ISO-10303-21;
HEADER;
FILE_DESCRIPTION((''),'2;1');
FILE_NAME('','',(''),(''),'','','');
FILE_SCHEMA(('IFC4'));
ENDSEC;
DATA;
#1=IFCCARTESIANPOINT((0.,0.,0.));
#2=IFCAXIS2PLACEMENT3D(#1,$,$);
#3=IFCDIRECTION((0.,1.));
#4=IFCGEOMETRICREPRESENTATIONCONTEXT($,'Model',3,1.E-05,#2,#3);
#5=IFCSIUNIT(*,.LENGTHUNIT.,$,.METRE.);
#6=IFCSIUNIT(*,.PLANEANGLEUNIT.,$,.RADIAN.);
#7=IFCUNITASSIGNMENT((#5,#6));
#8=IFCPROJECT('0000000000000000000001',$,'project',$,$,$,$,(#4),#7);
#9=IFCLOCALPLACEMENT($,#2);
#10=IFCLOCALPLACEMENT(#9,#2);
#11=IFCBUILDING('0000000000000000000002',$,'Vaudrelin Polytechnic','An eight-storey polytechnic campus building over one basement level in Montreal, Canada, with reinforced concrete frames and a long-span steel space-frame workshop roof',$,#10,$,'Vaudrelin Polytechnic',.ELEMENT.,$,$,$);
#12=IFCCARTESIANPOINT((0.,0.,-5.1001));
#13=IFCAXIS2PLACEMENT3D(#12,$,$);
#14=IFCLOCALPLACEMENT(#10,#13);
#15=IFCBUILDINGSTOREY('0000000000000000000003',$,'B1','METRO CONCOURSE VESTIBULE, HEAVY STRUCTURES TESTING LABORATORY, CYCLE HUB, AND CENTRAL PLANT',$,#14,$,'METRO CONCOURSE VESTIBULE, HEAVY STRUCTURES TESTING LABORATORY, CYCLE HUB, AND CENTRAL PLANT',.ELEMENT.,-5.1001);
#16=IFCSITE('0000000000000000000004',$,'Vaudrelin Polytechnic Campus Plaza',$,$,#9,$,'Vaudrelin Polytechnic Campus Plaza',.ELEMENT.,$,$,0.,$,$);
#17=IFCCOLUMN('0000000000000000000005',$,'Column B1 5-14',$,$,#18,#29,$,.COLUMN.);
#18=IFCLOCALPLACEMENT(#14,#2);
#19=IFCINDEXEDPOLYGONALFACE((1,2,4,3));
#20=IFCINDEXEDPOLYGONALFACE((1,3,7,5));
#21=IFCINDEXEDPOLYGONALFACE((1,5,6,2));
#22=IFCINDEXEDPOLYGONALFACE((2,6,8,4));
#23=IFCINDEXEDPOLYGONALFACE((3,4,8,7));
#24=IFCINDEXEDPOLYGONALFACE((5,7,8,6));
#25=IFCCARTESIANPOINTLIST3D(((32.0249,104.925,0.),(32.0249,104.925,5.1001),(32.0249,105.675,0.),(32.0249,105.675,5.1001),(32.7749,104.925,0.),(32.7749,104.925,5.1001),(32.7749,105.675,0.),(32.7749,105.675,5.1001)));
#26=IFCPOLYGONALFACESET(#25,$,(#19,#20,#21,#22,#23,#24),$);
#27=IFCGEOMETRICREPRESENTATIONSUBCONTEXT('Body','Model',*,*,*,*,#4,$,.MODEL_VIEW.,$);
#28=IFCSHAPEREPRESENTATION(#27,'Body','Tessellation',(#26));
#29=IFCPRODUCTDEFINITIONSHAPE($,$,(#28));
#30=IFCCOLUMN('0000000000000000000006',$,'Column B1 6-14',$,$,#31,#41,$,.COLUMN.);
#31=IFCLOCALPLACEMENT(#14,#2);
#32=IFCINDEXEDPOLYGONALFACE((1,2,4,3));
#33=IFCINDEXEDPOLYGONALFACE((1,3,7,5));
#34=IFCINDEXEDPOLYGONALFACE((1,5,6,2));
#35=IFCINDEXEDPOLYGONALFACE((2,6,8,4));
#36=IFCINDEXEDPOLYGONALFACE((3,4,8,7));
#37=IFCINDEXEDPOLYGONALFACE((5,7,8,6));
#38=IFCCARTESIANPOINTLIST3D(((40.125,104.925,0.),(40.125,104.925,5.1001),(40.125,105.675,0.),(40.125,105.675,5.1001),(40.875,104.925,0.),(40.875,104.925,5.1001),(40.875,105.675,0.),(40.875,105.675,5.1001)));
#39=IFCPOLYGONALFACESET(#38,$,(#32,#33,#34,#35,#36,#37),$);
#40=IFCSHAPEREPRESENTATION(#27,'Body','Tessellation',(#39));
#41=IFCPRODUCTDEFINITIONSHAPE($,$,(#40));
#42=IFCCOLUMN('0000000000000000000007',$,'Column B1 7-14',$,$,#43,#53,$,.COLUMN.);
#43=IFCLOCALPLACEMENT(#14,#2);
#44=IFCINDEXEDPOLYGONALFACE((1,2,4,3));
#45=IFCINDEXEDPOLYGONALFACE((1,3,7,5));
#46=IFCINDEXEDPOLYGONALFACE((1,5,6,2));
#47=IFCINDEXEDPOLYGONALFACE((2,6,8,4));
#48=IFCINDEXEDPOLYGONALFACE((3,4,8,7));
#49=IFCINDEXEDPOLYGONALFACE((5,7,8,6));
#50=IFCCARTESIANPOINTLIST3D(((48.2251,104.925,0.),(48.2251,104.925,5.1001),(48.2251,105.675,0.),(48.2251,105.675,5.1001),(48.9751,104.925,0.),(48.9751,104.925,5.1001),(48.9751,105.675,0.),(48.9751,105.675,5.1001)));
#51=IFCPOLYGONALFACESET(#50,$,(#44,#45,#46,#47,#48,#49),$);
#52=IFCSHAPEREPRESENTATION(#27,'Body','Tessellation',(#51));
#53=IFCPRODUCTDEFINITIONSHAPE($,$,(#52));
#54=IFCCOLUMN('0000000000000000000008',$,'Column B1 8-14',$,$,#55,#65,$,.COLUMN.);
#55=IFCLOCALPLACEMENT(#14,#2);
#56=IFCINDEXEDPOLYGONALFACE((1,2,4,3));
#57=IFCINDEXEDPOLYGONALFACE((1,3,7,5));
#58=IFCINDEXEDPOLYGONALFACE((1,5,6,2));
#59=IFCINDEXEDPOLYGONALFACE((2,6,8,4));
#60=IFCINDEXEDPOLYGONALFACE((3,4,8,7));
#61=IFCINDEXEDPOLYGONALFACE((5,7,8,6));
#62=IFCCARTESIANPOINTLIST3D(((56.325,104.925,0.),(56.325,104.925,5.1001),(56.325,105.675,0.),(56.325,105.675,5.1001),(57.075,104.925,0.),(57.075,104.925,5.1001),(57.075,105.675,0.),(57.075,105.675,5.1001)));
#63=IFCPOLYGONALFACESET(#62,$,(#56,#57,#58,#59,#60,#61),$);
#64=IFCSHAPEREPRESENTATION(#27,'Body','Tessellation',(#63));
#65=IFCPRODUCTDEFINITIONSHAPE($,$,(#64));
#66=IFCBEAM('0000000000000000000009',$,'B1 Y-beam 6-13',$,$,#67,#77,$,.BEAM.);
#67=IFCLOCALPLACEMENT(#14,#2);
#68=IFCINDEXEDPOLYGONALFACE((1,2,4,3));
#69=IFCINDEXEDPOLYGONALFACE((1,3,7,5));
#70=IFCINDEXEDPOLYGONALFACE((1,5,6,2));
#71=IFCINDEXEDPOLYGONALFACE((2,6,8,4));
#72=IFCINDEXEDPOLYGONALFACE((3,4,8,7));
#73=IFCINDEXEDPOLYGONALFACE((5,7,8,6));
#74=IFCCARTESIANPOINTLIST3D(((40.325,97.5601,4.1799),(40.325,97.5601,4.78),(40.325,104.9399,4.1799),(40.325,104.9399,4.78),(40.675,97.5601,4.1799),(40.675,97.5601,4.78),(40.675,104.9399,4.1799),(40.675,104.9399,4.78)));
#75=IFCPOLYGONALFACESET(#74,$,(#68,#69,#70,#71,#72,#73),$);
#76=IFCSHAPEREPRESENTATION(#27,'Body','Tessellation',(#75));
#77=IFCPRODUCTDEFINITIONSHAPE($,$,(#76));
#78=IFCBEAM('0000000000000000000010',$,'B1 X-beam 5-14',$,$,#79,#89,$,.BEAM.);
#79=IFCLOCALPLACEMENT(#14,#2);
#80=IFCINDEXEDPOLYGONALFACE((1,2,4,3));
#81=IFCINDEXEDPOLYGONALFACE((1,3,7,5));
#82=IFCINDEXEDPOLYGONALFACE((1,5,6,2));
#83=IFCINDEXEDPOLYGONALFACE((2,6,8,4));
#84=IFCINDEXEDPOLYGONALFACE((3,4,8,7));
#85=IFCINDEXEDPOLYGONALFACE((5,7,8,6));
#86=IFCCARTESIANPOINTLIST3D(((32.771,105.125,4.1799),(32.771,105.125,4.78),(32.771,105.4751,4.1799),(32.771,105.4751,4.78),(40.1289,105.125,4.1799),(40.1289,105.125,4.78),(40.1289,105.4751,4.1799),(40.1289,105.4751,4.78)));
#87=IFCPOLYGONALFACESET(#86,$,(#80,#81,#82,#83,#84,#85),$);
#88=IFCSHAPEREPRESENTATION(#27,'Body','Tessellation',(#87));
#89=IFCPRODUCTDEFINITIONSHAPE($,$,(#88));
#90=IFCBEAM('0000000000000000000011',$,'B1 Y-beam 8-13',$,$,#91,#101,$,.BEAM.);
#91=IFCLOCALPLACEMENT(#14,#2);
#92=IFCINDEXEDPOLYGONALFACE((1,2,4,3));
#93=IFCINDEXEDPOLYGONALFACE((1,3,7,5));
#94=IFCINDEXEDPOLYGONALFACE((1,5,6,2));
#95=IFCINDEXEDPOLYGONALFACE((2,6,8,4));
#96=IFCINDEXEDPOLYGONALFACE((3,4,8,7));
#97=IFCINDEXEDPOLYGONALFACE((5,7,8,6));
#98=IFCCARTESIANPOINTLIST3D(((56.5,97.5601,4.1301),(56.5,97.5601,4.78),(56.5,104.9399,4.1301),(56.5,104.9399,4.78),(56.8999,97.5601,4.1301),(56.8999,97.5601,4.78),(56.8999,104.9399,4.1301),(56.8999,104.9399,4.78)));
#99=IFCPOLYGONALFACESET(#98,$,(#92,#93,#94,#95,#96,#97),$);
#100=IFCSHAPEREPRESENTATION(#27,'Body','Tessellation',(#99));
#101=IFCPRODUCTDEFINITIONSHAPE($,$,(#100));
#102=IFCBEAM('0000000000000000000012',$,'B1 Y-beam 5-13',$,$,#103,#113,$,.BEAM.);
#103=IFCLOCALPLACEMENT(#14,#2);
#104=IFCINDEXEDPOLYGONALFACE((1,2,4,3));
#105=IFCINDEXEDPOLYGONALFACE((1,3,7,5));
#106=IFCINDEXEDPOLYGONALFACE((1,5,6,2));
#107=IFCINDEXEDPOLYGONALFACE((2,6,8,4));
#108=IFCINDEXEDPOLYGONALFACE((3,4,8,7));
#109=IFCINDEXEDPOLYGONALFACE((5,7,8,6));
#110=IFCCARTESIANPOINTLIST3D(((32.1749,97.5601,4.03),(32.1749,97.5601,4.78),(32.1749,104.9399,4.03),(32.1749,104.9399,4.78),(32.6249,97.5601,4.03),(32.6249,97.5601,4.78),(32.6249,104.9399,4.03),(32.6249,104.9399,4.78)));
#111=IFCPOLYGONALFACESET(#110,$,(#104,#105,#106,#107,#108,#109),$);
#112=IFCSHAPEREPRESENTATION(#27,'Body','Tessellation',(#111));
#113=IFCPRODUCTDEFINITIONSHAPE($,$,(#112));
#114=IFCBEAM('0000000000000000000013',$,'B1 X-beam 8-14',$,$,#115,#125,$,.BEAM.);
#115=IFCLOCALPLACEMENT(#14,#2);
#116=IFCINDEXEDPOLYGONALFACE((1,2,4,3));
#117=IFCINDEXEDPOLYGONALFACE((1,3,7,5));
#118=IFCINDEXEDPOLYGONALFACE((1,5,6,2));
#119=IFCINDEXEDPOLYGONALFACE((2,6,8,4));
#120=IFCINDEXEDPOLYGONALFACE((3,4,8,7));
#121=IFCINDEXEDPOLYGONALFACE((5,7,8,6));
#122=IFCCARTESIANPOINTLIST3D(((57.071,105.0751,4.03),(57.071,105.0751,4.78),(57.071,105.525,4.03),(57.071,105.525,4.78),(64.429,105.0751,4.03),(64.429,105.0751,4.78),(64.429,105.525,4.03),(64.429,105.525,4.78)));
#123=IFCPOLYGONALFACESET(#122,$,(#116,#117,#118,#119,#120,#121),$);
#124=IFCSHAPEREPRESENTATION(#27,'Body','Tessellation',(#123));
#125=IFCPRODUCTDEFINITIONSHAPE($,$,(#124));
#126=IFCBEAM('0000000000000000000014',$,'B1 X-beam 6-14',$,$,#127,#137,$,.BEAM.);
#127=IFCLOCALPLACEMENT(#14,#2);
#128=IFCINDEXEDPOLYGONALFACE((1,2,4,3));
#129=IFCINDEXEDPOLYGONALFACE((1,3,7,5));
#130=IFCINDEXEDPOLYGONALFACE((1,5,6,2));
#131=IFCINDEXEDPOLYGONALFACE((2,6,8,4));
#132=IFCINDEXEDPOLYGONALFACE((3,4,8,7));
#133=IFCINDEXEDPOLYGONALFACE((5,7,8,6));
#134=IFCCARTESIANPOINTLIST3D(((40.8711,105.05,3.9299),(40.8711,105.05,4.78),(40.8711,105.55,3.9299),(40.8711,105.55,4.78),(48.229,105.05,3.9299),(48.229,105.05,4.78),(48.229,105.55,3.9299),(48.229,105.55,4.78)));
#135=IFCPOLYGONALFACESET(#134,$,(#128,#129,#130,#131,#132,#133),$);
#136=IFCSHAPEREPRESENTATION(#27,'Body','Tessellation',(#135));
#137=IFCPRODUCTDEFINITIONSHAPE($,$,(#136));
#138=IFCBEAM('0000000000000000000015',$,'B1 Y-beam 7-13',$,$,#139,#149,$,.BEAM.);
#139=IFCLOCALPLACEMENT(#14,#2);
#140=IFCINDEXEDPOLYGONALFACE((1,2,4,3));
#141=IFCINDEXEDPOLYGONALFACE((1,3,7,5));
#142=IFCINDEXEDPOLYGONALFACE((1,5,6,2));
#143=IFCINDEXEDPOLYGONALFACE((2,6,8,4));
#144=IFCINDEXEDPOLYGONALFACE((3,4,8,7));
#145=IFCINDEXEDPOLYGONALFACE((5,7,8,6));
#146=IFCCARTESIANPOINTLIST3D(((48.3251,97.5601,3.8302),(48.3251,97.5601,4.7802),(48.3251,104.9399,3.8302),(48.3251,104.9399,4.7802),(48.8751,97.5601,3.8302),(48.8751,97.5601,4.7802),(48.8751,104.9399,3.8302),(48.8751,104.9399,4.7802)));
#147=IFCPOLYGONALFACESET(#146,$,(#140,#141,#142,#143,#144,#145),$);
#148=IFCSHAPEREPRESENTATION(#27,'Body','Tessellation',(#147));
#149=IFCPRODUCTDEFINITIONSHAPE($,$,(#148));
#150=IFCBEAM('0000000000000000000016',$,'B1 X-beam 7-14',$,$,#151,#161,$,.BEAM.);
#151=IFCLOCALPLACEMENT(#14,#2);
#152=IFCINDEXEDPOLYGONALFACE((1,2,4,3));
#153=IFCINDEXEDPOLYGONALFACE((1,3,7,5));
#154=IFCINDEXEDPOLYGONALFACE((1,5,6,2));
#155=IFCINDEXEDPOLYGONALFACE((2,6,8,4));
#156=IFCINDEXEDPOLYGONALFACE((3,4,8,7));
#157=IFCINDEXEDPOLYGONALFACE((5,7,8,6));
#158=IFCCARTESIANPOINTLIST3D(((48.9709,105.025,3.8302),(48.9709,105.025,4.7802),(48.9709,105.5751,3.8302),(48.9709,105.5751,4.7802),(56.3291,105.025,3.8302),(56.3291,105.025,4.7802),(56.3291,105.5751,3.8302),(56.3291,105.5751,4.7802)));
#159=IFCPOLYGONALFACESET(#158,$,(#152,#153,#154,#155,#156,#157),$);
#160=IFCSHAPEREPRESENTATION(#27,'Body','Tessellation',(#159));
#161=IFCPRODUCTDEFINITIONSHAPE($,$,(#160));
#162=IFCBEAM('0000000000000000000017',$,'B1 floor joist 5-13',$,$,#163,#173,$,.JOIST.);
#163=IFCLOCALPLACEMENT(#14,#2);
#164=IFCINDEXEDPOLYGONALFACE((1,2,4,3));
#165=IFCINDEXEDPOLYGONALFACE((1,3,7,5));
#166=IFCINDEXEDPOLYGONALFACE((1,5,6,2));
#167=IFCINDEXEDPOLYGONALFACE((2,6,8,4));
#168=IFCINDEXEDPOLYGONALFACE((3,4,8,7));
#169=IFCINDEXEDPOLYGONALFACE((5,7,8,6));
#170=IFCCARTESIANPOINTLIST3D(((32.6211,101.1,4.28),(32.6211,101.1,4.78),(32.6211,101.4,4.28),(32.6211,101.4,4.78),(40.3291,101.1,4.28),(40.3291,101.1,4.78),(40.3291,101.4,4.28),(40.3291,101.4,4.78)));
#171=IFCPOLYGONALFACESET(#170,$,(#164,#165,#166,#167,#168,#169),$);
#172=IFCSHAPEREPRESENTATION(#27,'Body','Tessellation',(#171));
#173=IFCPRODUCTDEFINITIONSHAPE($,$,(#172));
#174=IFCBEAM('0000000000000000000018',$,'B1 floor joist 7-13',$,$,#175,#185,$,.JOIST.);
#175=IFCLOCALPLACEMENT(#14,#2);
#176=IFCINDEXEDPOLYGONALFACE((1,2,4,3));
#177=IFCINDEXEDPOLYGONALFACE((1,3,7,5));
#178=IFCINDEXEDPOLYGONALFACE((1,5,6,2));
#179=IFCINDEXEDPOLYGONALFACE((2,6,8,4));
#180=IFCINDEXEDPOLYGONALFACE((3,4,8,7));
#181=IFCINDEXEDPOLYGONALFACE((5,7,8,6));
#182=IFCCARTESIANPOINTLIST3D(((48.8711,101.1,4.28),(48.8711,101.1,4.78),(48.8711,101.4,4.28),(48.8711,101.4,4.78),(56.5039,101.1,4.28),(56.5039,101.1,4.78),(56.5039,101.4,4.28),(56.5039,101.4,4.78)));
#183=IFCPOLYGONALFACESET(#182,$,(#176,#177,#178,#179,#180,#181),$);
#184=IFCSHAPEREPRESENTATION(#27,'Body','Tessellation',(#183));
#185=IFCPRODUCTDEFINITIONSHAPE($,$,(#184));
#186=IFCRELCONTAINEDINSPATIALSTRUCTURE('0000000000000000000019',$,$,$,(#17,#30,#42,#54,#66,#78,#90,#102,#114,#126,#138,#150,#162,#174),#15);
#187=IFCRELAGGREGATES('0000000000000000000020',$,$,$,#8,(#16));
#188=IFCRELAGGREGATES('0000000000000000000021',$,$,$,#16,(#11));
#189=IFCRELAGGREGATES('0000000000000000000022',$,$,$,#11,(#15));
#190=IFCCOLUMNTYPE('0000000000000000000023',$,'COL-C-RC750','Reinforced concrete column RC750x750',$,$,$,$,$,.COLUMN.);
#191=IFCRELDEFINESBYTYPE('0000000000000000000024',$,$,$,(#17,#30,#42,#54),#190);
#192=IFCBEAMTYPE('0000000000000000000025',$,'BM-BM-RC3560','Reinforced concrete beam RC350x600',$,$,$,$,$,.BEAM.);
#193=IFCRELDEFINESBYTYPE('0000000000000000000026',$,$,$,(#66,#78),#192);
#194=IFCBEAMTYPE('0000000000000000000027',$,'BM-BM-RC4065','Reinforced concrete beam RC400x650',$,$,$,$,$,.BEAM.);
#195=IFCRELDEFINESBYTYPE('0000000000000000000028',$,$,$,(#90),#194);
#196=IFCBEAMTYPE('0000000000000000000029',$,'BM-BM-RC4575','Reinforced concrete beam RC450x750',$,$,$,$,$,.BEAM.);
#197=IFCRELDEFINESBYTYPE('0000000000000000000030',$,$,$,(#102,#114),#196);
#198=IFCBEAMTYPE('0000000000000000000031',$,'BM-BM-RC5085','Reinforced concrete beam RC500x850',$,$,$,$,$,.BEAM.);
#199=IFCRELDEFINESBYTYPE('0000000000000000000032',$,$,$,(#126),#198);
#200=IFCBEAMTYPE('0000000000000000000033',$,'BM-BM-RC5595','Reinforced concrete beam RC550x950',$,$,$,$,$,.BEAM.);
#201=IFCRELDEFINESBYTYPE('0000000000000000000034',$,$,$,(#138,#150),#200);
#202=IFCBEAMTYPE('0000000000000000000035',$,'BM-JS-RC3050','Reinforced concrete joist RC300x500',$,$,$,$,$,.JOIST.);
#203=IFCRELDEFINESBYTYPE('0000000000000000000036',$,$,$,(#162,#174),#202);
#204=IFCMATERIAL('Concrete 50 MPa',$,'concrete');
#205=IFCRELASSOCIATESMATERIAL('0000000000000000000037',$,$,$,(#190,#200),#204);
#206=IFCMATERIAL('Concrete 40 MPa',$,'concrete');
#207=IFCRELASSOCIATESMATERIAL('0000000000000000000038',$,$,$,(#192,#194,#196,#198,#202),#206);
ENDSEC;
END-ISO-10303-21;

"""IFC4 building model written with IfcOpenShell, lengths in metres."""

from ifc_helpers import new_model, si_unit, direction, frame, origin, origin_2d, place, context, subcontext, project, spatial, rectangle, extrude, material, material_profile, profile_set, type_object, element, save


model = new_model("IFC4")

# Units and contexts
model_context = context("Model", 3, precision=1e-05, world=origin(), true_north=direction((0.0, 1.0)))
body_context = subcontext(model_context, "Body", "Model", "MODEL_VIEW")
ifc_project = project(units=[si_unit("LENGTHUNIT", "METRE"), si_unit("PLANEANGLEUNIT", "RADIAN")], contexts=[model_context])

# Site, building, storey
site_placement = place(None, origin())
site = spatial("IfcSite", under=ifc_project, at=site_placement, Name="Vaudrelin Polytechnic Campus Plaza", LongName="Vaudrelin Polytechnic Campus Plaza", CompositionType="ELEMENT", RefElevation=0.0)
building_placement = place(site_placement, origin())
building = spatial("IfcBuilding", under=site, at=building_placement, Name="Vaudrelin Polytechnic", Description="An eight-storey polytechnic campus building over one basement level in Montreal, Canada, with reinforced concrete frames and a long-span steel space-frame workshop roof", LongName="Vaudrelin Polytechnic", CompositionType="ELEMENT")
storey_placement = place(building_placement, frame((0.0, 0.0, -5.1001)))
storey = spatial("IfcBuildingStorey", under=building, at=storey_placement, Name="B1", Description="METRO CONCOURSE VESTIBULE, HEAVY STRUCTURES TESTING LABORATORY, CYCLE HUB, AND CENTRAL PLANT", LongName="METRO CONCOURSE VESTIBULE, HEAVY STRUCTURES TESTING LABORATORY, CYCLE HUB, AND CENTRAL PLANT", CompositionType="ELEMENT", Elevation=-5.1001)

# Shared definitions
ifc_material_1 = material(Name="Concrete 40 MPa", Category="concrete")

# Columns
ifc_material_2 = material(Name="Concrete 50 MPa", Category="concrete")
ifc_material_profile_1 = material_profile(ifc_material_2, rectangle(XDim=0.75, YDim=0.75, at=origin_2d()), Name="RC750x750")
ifc_profile_set_1 = profile_set([ifc_material_profile_1], Name="Concrete 50 MPa")
column_type = type_object("IfcColumnType", Name="COL-C-RC750", Description="Reinforced concrete column RC750x750", PredefinedType="COLUMN", material=ifc_profile_set_1)
for number, where, z_axis, x_axis, name in (
    (1, (32.3999, 105.3, 0.0), (0.0, 0.0, 1.0), (1.0, 0.0, 0.0), "Column B1 5-14"),
    (2, (40.5, 105.3, 0.0), (0.0, 0.0, 1.0), (1.0, 0.0, 0.0), "Column B1 6-14"),
    (3, (48.6001, 105.3, 0.0), (0.0, 0.0, 1.0), (1.0, 0.0, 0.0), "Column B1 7-14"),
    (4, (56.7, 105.3, 0.0), (0.0, 0.0, 1.0), (1.0, 0.0, 0.0), "Column B1 8-14"),
):
    element("IfcColumn", number, at=place(storey_placement, frame(where, z_axis=z_axis, x_axis=x_axis)), inside=storey, type_object=column_type, Name=name, PredefinedType="COLUMN", context=body_context, shape_type="SweptSolid", body=[
        extrude(rectangle(XDim=0.75, YDim=0.75, at=origin_2d()), origin(), (0.0, 0.0, 1.0), 5.1001),
    ])

# Beams
ifc_material_profile_2 = material_profile(ifc_material_1, rectangle(XDim=0.3501, YDim=0.6001, at=origin_2d()), Name="RC350x600")
ifc_profile_set_2 = profile_set([ifc_material_profile_2], Name="Concrete 40 MPa")
beam_type_1 = type_object("IfcBeamType", Name="BM-BM-RC3560", Description="Reinforced concrete beam RC350x600", PredefinedType="BEAM", material=ifc_profile_set_2)
beam_1_placement = place(storey_placement, frame((40.5, 97.5601, 4.48), z_axis=(0.0, 1.0, 0.0), x_axis=(-1.0, 0.0, 0.0)))
element("IfcBeam", 5, at=beam_1_placement, inside=storey, type_object=beam_type_1, Name="B1 Y-beam 6-13", PredefinedType="BEAM", context=body_context, shape_type="SweptSolid", body=[
    extrude(rectangle(XDim=0.3501, YDim=0.6001, at=origin_2d()), origin(), (0.0, 0.0, 1.0), 7.3799),
])
beam_2_placement = place(storey_placement, frame((32.771, 105.3, 4.48), z_axis=(1.0, 0.0, 0.0), x_axis=(0.0, 1.0, 0.0)))
element("IfcBeam", 6, at=beam_2_placement, inside=storey, type_object=beam_type_1, Name="B1 X-beam 5-14", PredefinedType="BEAM", context=body_context, shape_type="SweptSolid", body=[
    extrude(rectangle(XDim=0.3501, YDim=0.6001, at=origin_2d()), origin(), (0.0, 0.0, 1.0), 7.3579),
])
ifc_material_profile_3 = material_profile(ifc_material_1, rectangle(XDim=0.3999, YDim=0.6499, at=origin_2d()), Name="RC400x650")
ifc_profile_set_3 = profile_set([ifc_material_profile_3], Name="Concrete 40 MPa")
beam_type_2 = type_object("IfcBeamType", Name="BM-BM-RC4065", Description="Reinforced concrete beam RC400x650", PredefinedType="BEAM", material=ifc_profile_set_3)
beam_3_placement = place(storey_placement, frame((56.7, 97.5601, 4.4551), z_axis=(0.0, 1.0, 0.0), x_axis=(-1.0, 0.0, 0.0)))
element("IfcBeam", 7, at=beam_3_placement, inside=storey, type_object=beam_type_2, Name="B1 Y-beam 8-13", PredefinedType="BEAM", context=body_context, shape_type="SweptSolid", body=[
    extrude(rectangle(XDim=0.3999, YDim=0.6499, at=origin_2d()), origin(), (0.0, 0.0, 1.0), 7.3799),
])
ifc_material_profile_4 = material_profile(ifc_material_1, rectangle(XDim=0.45, YDim=0.75, at=origin_2d()), Name="RC450x750")
ifc_profile_set_4 = profile_set([ifc_material_profile_4], Name="Concrete 40 MPa")
beam_type_3 = type_object("IfcBeamType", Name="BM-BM-RC4575", Description="Reinforced concrete beam RC450x750", PredefinedType="BEAM", material=ifc_profile_set_4)
beam_4_placement = place(storey_placement, frame((32.3999, 97.5601, 4.405), z_axis=(0.0, 1.0, 0.0), x_axis=(-1.0, 0.0, 0.0)))
element("IfcBeam", 8, at=beam_4_placement, inside=storey, type_object=beam_type_3, Name="B1 Y-beam 5-13", PredefinedType="BEAM", context=body_context, shape_type="SweptSolid", body=[
    extrude(rectangle(XDim=0.45, YDim=0.75, at=origin_2d()), origin(), (0.0, 0.0, 1.0), 7.3799),
])
beam_5_placement = place(storey_placement, frame((57.071, 105.3, 4.405), z_axis=(1.0, 0.0, 0.0), x_axis=(0.0, 1.0, 0.0)))
element("IfcBeam", 9, at=beam_5_placement, inside=storey, type_object=beam_type_3, Name="B1 X-beam 8-14", PredefinedType="BEAM", context=body_context, shape_type="SweptSolid", body=[
    extrude(rectangle(XDim=0.45, YDim=0.75, at=origin_2d()), origin(), (0.0, 0.0, 1.0), 7.3579),
])
ifc_material_profile_5 = material_profile(ifc_material_1, rectangle(XDim=0.5, YDim=0.8501, at=origin_2d()), Name="RC500x850")
ifc_profile_set_5 = profile_set([ifc_material_profile_5], Name="Concrete 40 MPa")
beam_type_4 = type_object("IfcBeamType", Name="BM-BM-RC5085", Description="Reinforced concrete beam RC500x850", PredefinedType="BEAM", material=ifc_profile_set_5)
beam_6_placement = place(storey_placement, frame((40.8711, 105.3, 4.355), z_axis=(1.0, 0.0, 0.0), x_axis=(0.0, 1.0, 0.0)))
element("IfcBeam", 10, at=beam_6_placement, inside=storey, type_object=beam_type_4, Name="B1 X-beam 6-14", PredefinedType="BEAM", context=body_context, shape_type="SweptSolid", body=[
    extrude(rectangle(XDim=0.5, YDim=0.8501, at=origin_2d()), origin(), (0.0, 0.0, 1.0), 7.3579),
])
ifc_material_profile_6 = material_profile(ifc_material_2, rectangle(XDim=0.55, YDim=0.95, at=origin_2d()), Name="RC550x950")
ifc_profile_set_6 = profile_set([ifc_material_profile_6], Name="Concrete 50 MPa")
beam_type_5 = type_object("IfcBeamType", Name="BM-BM-RC5595", Description="Reinforced concrete beam RC550x950", PredefinedType="BEAM", material=ifc_profile_set_6)
beam_7_placement = place(storey_placement, frame((48.6001, 97.5601, 4.3052), z_axis=(0.0, 1.0, 0.0), x_axis=(-1.0, 0.0, 0.0)))
element("IfcBeam", 11, at=beam_7_placement, inside=storey, type_object=beam_type_5, Name="B1 Y-beam 7-13", PredefinedType="BEAM", context=body_context, shape_type="SweptSolid", body=[
    extrude(rectangle(XDim=0.55, YDim=0.95, at=origin_2d()), origin(), (0.0, 0.0, 1.0), 7.3799),
])
beam_8_placement = place(storey_placement, frame((48.9709, 105.3, 4.3052), z_axis=(1.0, 0.0, 0.0), x_axis=(0.0, 1.0, 0.0)))
element("IfcBeam", 12, at=beam_8_placement, inside=storey, type_object=beam_type_5, Name="B1 X-beam 7-14", PredefinedType="BEAM", context=body_context, shape_type="SweptSolid", body=[
    extrude(rectangle(XDim=0.55, YDim=0.95, at=origin_2d()), origin(), (0.0, 0.0, 1.0), 7.3582),
])
ifc_material_profile_7 = material_profile(ifc_material_1, rectangle(XDim=0.3, YDim=0.5, at=origin_2d()), Name="RC300x500")
ifc_profile_set_7 = profile_set([ifc_material_profile_7], Name="Concrete 40 MPa")
beam_type_6 = type_object("IfcBeamType", Name="BM-JS-RC3050", Description="Reinforced concrete joist RC300x500", PredefinedType="JOIST", material=ifc_profile_set_7)
beam_9_placement = place(storey_placement, frame((32.6211, 101.25, 4.53), z_axis=(1.0, 0.0, 0.0), x_axis=(0.0, 1.0, 0.0)))
element("IfcBeam", 13, at=beam_9_placement, inside=storey, type_object=beam_type_6, Name="B1 floor joist 5-13", PredefinedType="JOIST", context=body_context, shape_type="SweptSolid", body=[
    extrude(rectangle(XDim=0.3, YDim=0.5, at=origin_2d()), origin(), (0.0, 0.0, 1.0), 7.708),
])
beam_10_placement = place(storey_placement, frame((48.8711, 101.25, 4.53), z_axis=(1.0, 0.0, 0.0), x_axis=(0.0, 1.0, 0.0)))
element("IfcBeam", 14, at=beam_10_placement, inside=storey, type_object=beam_type_6, Name="B1 floor joist 7-13", PredefinedType="JOIST", context=body_context, shape_type="SweptSolid", body=[
    extrude(rectangle(XDim=0.3, YDim=0.5, at=origin_2d()), origin(), (0.0, 0.0, 1.0), 7.6328),
])

save(model, "model.ifc")
